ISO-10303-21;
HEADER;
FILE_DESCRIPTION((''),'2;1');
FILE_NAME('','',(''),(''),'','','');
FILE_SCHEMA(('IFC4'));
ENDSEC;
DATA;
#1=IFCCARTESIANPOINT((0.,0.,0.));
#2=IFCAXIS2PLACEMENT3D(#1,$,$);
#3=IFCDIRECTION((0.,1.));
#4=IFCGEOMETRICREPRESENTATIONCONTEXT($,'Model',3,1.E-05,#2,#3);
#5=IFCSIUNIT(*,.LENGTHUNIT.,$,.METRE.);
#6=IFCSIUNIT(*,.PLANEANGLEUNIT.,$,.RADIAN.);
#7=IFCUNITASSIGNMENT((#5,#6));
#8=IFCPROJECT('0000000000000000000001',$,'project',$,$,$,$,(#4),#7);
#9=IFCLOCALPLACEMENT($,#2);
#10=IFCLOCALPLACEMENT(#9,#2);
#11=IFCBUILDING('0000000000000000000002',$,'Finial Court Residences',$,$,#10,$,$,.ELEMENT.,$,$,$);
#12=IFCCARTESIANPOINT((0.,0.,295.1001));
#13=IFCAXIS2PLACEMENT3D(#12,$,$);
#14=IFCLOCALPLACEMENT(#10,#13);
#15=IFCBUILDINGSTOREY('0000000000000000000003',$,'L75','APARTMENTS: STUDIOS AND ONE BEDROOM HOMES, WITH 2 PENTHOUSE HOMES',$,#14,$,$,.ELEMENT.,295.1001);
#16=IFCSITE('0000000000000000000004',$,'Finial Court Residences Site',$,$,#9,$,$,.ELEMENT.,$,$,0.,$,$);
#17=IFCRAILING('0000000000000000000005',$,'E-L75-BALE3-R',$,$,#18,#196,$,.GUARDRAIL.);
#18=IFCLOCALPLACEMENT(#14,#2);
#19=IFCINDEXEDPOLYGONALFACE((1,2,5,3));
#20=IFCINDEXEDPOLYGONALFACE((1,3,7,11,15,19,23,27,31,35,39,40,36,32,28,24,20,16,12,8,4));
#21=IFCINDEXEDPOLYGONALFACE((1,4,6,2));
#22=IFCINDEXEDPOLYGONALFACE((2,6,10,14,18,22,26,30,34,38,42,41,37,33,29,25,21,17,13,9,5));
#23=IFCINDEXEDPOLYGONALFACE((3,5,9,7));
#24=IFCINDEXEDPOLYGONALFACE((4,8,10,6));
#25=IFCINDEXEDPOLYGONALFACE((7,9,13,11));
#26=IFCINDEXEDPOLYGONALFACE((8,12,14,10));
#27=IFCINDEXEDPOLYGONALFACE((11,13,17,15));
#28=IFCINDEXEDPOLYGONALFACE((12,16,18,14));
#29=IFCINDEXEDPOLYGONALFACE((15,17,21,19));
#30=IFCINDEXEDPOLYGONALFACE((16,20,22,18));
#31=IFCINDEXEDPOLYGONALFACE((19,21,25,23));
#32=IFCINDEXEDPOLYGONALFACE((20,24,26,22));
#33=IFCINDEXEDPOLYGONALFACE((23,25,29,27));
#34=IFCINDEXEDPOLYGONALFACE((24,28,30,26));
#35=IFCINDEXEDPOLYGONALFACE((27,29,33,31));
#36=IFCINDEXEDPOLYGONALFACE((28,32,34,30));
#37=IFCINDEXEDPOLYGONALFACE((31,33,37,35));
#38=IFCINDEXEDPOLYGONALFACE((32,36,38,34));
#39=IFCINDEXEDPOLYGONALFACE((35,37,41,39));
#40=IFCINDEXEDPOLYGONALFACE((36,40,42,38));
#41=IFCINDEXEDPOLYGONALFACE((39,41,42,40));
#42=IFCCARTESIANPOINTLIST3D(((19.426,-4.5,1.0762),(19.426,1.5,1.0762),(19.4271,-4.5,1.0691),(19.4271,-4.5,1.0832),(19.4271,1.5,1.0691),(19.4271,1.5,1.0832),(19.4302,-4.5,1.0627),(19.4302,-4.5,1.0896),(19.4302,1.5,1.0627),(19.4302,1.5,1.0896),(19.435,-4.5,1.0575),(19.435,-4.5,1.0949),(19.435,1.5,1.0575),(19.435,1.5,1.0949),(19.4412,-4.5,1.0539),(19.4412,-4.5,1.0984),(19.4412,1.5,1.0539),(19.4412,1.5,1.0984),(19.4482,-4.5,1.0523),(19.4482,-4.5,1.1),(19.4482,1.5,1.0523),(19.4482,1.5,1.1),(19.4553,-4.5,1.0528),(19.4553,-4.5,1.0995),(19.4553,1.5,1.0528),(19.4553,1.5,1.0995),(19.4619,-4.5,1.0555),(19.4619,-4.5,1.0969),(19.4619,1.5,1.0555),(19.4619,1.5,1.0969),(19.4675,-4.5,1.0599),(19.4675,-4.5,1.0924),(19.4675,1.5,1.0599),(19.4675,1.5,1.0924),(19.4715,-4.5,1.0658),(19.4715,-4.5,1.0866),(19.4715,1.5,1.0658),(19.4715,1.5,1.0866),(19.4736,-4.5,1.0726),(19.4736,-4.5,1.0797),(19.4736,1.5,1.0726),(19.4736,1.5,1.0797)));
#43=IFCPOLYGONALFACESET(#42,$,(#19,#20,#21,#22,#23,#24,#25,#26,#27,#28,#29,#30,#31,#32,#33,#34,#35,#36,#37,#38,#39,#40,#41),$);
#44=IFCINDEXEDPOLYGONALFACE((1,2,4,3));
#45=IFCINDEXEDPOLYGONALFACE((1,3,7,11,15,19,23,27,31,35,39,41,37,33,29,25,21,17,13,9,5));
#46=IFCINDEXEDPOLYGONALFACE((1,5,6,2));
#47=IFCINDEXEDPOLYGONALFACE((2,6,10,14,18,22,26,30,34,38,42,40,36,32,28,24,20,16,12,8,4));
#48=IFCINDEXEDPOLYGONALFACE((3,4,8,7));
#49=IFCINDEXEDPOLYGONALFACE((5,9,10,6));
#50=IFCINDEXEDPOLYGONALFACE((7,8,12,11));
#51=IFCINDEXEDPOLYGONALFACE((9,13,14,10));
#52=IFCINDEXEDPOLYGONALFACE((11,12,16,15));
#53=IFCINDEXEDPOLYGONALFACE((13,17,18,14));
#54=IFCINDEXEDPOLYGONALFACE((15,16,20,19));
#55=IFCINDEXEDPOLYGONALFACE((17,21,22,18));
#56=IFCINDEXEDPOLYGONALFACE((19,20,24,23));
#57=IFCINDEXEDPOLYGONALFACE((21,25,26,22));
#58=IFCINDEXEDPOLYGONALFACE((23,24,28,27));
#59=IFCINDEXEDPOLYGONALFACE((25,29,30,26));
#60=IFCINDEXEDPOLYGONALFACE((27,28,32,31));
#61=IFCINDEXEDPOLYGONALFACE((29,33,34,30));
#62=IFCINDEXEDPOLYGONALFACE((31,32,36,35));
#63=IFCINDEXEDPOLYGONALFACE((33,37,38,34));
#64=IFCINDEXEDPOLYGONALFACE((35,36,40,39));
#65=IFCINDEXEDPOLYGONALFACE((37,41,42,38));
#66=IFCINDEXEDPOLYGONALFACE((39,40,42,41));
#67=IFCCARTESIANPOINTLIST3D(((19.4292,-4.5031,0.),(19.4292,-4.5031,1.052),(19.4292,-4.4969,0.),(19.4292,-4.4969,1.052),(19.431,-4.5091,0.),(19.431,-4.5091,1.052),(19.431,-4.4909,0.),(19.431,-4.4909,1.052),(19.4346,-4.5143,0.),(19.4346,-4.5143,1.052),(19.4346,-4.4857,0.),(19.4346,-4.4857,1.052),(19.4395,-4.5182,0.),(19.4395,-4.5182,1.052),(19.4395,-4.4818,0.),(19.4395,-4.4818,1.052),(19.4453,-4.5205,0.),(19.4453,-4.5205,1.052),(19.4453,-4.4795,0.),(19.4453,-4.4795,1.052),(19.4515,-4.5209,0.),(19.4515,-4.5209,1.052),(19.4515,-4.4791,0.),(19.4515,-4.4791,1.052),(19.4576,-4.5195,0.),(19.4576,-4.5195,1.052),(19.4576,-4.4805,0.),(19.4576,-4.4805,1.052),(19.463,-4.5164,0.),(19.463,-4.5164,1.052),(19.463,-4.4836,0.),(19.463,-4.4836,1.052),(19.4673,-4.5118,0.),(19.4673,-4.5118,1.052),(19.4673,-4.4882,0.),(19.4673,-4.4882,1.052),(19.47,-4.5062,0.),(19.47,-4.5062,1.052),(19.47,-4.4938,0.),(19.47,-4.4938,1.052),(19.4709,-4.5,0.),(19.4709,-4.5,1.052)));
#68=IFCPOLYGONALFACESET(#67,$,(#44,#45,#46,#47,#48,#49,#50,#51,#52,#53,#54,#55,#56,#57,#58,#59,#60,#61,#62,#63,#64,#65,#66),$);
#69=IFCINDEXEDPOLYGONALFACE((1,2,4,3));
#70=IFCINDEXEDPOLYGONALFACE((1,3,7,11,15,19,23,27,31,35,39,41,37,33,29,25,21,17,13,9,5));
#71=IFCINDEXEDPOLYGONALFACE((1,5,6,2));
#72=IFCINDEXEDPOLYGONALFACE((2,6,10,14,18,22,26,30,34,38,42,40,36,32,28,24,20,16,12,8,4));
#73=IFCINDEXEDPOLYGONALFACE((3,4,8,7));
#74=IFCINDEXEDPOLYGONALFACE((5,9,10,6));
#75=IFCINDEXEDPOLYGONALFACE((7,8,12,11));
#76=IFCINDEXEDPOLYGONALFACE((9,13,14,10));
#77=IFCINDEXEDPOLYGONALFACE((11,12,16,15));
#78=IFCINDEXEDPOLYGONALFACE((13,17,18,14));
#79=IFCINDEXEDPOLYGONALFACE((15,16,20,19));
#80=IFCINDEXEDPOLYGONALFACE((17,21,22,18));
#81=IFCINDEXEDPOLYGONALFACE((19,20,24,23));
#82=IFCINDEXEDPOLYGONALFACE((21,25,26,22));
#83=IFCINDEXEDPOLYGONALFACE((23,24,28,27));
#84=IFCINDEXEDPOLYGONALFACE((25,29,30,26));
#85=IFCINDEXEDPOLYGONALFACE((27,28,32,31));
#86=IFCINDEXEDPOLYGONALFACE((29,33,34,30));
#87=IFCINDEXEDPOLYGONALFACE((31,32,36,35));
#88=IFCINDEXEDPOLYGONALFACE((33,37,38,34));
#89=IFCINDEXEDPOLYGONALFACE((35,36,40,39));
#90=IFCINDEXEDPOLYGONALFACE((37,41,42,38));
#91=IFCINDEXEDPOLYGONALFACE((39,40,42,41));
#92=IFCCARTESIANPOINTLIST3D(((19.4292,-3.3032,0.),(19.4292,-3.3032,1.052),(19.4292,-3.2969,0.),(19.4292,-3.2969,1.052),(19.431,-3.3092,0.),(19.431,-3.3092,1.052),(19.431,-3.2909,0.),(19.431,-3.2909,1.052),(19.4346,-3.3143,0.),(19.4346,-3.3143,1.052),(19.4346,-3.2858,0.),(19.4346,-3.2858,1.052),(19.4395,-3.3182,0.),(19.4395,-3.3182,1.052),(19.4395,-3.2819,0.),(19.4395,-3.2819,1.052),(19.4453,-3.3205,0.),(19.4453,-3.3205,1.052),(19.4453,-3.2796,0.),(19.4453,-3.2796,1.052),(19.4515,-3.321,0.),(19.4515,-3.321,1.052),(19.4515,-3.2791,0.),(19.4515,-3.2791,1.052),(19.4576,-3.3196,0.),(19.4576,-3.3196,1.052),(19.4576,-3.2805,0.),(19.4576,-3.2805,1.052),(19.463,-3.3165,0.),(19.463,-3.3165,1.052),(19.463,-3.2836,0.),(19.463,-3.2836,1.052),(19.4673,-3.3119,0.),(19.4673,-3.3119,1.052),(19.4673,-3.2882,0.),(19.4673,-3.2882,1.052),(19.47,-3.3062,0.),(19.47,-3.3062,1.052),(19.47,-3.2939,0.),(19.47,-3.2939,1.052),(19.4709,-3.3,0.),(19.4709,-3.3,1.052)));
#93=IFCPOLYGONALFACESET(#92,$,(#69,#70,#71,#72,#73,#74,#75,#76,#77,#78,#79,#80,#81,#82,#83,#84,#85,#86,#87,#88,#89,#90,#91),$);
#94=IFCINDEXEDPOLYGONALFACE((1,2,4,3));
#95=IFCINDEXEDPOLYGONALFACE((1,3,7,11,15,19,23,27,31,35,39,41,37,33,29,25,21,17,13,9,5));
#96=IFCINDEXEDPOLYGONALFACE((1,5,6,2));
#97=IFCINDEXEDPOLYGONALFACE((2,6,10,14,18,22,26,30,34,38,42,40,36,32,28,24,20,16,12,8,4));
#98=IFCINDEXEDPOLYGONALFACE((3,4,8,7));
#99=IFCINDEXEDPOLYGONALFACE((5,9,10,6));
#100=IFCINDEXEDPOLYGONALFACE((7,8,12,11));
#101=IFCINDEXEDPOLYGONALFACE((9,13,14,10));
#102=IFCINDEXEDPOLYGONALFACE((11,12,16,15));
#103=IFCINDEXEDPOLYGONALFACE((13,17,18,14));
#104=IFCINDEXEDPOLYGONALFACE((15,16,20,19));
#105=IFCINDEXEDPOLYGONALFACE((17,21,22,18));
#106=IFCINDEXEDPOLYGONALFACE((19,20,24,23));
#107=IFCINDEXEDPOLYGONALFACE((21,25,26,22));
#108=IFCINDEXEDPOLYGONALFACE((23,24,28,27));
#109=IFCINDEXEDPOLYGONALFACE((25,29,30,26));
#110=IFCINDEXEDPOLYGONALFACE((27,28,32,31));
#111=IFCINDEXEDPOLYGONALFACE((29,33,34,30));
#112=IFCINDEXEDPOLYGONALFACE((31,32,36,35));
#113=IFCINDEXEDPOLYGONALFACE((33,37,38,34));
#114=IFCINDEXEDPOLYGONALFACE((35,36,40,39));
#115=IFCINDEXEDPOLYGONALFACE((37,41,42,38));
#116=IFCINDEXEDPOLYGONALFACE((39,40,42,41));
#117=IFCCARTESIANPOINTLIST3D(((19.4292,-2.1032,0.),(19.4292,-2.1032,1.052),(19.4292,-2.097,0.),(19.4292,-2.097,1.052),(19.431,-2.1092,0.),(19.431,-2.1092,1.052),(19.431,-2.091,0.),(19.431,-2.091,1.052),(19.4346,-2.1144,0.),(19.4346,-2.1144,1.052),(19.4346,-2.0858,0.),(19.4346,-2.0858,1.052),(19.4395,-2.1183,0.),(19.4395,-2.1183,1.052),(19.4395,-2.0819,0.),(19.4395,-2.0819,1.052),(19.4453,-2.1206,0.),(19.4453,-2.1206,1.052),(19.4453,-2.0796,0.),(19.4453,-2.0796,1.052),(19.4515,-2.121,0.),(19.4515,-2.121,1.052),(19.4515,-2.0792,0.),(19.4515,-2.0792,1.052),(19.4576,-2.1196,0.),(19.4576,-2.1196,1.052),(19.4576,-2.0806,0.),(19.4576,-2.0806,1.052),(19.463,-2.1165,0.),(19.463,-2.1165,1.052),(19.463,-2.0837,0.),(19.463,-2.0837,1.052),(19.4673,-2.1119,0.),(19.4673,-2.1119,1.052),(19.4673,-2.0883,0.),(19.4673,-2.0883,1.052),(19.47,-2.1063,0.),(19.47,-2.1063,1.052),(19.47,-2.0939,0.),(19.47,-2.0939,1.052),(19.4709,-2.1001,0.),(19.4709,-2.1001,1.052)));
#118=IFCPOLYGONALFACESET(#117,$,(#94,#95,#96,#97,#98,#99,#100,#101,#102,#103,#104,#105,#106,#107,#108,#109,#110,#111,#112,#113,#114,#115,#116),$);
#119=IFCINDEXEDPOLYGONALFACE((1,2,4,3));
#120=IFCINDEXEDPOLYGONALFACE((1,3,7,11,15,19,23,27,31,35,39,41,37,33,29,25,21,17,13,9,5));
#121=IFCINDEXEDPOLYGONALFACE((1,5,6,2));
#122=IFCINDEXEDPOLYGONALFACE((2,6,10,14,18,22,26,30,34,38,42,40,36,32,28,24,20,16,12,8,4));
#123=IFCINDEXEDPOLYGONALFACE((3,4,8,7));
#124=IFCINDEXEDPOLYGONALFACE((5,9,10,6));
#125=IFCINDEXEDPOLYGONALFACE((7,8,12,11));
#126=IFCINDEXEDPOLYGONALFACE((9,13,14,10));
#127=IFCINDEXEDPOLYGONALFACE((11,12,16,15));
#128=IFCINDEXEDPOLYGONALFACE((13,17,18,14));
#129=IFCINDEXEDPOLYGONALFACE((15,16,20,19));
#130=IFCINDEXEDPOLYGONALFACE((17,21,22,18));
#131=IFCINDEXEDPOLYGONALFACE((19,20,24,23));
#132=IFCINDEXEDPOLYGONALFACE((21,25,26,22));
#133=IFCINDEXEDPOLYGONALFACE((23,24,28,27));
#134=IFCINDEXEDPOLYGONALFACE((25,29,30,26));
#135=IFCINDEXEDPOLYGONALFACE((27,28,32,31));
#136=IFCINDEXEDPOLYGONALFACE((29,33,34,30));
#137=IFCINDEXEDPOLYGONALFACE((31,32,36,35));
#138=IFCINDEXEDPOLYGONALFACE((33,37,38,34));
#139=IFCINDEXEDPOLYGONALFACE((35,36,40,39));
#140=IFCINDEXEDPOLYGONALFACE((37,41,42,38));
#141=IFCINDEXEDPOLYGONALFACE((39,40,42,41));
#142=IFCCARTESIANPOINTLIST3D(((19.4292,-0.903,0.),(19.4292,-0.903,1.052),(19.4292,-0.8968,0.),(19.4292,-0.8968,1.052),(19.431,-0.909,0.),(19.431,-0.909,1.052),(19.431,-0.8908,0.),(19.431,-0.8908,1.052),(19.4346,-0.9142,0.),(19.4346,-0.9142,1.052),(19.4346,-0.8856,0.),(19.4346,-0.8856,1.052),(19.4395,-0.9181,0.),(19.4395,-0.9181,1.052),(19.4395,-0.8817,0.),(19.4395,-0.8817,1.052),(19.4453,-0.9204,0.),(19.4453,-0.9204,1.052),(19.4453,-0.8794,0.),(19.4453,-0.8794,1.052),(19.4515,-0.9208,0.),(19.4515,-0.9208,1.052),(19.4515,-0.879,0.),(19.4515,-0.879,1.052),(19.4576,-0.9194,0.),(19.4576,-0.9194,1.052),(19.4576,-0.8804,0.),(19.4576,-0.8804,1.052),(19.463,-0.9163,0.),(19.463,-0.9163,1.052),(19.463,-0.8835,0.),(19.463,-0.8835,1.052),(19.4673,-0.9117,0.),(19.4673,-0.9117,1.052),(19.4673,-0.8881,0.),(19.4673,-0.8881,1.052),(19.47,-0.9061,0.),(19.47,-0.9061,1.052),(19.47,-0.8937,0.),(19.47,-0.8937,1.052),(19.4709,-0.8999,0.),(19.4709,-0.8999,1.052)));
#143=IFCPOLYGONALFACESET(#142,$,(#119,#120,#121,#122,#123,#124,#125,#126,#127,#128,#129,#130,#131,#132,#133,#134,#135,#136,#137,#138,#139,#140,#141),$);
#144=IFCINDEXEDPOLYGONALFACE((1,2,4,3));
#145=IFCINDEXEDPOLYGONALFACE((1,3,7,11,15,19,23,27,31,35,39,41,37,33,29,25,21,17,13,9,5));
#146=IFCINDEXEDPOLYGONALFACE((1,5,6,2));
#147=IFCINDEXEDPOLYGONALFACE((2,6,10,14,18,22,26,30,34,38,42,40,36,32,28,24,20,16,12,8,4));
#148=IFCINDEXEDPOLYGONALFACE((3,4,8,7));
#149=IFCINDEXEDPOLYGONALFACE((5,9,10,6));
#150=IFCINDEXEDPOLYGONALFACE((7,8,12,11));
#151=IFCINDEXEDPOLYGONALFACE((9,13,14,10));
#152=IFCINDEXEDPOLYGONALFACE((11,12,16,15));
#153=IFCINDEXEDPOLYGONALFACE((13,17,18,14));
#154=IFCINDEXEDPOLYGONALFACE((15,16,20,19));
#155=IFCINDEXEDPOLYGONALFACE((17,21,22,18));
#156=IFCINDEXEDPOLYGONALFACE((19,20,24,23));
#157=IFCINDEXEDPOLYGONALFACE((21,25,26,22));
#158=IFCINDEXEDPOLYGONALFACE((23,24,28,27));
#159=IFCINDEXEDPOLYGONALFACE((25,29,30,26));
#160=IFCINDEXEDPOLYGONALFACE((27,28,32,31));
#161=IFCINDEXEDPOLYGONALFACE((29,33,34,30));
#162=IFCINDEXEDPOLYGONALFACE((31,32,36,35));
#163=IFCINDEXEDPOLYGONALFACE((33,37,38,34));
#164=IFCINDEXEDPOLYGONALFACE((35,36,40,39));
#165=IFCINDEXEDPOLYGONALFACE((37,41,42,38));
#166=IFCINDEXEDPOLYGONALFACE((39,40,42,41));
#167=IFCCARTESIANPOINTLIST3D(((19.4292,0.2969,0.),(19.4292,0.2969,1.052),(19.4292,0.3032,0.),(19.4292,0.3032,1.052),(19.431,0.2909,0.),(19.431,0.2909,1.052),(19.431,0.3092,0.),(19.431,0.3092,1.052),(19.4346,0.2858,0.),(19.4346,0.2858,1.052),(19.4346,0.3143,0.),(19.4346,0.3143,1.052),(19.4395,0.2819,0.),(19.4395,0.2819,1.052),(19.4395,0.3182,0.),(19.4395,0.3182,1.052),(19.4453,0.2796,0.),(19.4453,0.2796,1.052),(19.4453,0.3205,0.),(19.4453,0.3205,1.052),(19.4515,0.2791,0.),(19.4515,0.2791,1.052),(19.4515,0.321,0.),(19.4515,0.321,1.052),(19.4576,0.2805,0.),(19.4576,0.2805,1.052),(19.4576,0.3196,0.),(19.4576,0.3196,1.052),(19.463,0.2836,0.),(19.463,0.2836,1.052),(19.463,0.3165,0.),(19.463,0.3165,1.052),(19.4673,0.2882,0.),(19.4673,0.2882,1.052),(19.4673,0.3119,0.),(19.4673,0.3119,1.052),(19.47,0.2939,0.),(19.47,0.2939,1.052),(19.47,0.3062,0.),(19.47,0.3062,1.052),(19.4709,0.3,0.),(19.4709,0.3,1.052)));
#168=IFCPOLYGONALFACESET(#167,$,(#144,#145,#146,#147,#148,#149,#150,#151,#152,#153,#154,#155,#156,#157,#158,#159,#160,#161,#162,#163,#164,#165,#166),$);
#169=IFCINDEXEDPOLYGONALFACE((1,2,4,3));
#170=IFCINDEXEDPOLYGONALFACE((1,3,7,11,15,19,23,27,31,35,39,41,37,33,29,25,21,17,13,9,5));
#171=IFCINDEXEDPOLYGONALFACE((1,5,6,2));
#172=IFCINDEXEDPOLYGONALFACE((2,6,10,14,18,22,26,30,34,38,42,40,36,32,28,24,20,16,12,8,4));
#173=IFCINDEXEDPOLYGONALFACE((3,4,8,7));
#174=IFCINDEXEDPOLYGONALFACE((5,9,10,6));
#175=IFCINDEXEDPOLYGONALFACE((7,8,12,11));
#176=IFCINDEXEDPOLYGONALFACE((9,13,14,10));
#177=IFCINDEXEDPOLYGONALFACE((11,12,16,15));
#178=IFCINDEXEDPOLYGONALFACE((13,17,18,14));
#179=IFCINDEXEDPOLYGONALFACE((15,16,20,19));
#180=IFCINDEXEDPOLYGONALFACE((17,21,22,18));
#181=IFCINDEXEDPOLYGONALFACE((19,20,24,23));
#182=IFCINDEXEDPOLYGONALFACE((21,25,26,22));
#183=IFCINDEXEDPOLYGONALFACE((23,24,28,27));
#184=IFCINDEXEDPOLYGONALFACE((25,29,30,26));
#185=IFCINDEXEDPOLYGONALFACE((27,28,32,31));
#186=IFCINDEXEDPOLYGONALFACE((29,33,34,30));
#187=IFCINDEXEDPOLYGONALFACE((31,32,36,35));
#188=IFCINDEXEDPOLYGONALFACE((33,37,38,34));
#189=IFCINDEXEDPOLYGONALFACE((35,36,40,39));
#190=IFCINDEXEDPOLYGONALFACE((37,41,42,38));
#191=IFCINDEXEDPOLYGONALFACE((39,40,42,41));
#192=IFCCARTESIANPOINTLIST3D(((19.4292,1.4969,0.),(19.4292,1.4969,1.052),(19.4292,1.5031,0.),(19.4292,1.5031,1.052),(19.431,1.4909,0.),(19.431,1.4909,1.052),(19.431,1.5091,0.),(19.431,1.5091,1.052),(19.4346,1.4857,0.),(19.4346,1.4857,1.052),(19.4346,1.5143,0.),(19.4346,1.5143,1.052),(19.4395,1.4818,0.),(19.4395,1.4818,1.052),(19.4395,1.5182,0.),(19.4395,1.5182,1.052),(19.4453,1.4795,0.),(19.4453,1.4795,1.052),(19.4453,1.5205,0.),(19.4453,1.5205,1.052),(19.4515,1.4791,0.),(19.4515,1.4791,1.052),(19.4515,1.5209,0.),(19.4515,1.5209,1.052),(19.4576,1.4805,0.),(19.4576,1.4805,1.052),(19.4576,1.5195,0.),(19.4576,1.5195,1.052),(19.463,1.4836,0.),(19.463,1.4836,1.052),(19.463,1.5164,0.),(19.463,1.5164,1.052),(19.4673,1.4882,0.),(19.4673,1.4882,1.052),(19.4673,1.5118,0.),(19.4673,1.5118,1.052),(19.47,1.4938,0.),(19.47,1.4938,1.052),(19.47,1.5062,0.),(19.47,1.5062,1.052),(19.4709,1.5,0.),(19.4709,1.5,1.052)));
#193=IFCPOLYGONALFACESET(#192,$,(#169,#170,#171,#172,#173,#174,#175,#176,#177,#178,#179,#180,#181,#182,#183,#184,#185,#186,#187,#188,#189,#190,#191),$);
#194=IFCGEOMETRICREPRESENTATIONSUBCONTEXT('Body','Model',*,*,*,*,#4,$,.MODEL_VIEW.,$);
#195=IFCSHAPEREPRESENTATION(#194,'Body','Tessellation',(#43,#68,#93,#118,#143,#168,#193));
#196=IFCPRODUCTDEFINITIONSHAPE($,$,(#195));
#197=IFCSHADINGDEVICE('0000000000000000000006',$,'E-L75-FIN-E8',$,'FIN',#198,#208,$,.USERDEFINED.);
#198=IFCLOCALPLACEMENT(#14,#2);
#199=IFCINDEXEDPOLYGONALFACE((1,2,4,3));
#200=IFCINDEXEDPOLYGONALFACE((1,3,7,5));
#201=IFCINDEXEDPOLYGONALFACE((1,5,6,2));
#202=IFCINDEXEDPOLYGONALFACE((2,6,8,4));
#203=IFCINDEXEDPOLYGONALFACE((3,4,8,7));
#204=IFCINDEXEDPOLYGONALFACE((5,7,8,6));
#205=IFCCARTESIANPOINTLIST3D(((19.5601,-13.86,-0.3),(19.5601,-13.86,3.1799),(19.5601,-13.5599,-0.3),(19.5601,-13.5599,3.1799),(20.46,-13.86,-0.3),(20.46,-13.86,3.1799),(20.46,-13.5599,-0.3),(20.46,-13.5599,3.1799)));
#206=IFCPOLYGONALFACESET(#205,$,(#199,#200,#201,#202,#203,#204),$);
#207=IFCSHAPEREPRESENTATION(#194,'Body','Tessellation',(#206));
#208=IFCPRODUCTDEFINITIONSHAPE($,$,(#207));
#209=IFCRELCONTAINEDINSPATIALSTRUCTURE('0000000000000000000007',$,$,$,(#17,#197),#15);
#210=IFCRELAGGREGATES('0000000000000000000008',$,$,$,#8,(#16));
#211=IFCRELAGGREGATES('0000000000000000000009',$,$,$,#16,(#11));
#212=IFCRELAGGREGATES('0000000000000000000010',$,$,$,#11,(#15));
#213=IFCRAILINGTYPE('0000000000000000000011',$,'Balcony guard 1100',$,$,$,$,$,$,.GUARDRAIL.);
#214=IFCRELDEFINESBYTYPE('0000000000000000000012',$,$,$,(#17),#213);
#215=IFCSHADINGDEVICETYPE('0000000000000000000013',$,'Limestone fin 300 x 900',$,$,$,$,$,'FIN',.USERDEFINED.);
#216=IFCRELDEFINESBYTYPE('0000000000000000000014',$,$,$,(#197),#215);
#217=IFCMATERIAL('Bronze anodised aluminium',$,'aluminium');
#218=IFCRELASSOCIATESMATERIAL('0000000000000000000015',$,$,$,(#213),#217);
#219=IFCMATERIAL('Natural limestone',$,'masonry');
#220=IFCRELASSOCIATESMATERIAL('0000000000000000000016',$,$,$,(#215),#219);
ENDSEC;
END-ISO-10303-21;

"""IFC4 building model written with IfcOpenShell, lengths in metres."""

from ifc_helpers import new_model, si_unit, direction, frame, origin, origin_2d, place, context, subcontext, project, spatial, rectangle, circle, extrude, material, type_object, element, save


model = new_model("IFC4")

# Units and contexts
model_context = context("Model", 3, precision=1e-05, world=origin(), true_north=direction((0.0, 1.0)))
body_context = subcontext(model_context, "Body", "Model", "MODEL_VIEW")
ifc_project = project(units=[si_unit("LENGTHUNIT", "METRE"), si_unit("PLANEANGLEUNIT", "RADIAN")], contexts=[model_context])

# Site, building, storey
site_placement = place(None, origin())
site = spatial("IfcSite", under=ifc_project, at=site_placement, Name="Finial Court Residences Site", CompositionType="ELEMENT", RefElevation=0.0)
building_placement = place(site_placement, origin())
building = spatial("IfcBuilding", under=site, at=building_placement, Name="Finial Court Residences", CompositionType="ELEMENT")
storey_placement = place(building_placement, frame((0.0, 0.0, 295.1001)))
storey = spatial("IfcBuildingStorey", under=building, at=storey_placement, Name="L75", Description="APARTMENTS: STUDIOS AND ONE BEDROOM HOMES, WITH 2 PENTHOUSE HOMES", CompositionType="ELEMENT", Elevation=295.1001)

# Shared definitions
ifc_material_1 = material(Name="Bronze anodised aluminium", Category="aluminium")

# Shared definitions
ifc_material_2 = material(Name="Natural limestone", Category="masonry")

# Railing
railing_type = type_object("IfcRailingType", Name="Balcony guard 1100", PredefinedType="GUARDRAIL", material=ifc_material_1)
railing_placement = place(storey_placement, frame((19.45, -4.5, 0.0)))
element("IfcRailing", 1, at=railing_placement, inside=storey, type_object=railing_type, Name="E-L75-BALE3-R", PredefinedType="GUARDRAIL", context=body_context, shape_type="SweptSolid", body=[
    extrude(circle(Radius=0.0239, at=origin_2d()), frame((0.0, 0.0, 1.0762), z_axis=(0.0, 1.0, 0.0), x_axis=(-1.0, 0.0, 0.0)), (0.0, 0.0, 1.0), 6.0),
    extrude(circle(Radius=0.021, at=origin_2d()), origin(), (0.0, 0.0, 1.0), 1.052),
    extrude(circle(Radius=0.021, at=origin_2d()), frame((0.0, 1.2, 0.0)), (0.0, 0.0, 1.0), 1.052),
    extrude(circle(Radius=0.021, at=origin_2d()), frame((0.0, 2.3999, 0.0)), (0.0, 0.0, 1.0), 1.052),
    extrude(circle(Radius=0.021, at=origin_2d()), frame((0.0, 3.6001, 0.0)), (0.0, 0.0, 1.0), 1.052),
    extrude(circle(Radius=0.021, at=origin_2d()), frame((0.0, 4.8, 0.0)), (0.0, 0.0, 1.0), 1.052),
    extrude(circle(Radius=0.021, at=origin_2d()), frame((0.0, 6.0, 0.0)), (0.0, 0.0, 1.0), 1.052),
])

# Shading device
shading_device_type = type_object("IfcShadingDeviceType", Name="Limestone fin 300 x 900", ElementType="FIN", PredefinedType="USERDEFINED", material=ifc_material_2)
shading_device_1_placement = place(storey_placement, frame((20.01, -13.71, -0.3), z_axis=(0.0, 0.0, 1.0), x_axis=(1.0, 0.0, 0.0)))
element("IfcShadingDevice", 2, at=shading_device_1_placement, inside=storey, type_object=shading_device_type, Name="E-L75-FIN-E8", ObjectType="FIN", PredefinedType="USERDEFINED", context=body_context, shape_type="SweptSolid", body=[
    extrude(rectangle(XDim=0.8999, YDim=0.3, at=origin_2d()), origin(), (0.0, 0.0, 1.0), 3.48),
])

save(model, "model.ifc")
